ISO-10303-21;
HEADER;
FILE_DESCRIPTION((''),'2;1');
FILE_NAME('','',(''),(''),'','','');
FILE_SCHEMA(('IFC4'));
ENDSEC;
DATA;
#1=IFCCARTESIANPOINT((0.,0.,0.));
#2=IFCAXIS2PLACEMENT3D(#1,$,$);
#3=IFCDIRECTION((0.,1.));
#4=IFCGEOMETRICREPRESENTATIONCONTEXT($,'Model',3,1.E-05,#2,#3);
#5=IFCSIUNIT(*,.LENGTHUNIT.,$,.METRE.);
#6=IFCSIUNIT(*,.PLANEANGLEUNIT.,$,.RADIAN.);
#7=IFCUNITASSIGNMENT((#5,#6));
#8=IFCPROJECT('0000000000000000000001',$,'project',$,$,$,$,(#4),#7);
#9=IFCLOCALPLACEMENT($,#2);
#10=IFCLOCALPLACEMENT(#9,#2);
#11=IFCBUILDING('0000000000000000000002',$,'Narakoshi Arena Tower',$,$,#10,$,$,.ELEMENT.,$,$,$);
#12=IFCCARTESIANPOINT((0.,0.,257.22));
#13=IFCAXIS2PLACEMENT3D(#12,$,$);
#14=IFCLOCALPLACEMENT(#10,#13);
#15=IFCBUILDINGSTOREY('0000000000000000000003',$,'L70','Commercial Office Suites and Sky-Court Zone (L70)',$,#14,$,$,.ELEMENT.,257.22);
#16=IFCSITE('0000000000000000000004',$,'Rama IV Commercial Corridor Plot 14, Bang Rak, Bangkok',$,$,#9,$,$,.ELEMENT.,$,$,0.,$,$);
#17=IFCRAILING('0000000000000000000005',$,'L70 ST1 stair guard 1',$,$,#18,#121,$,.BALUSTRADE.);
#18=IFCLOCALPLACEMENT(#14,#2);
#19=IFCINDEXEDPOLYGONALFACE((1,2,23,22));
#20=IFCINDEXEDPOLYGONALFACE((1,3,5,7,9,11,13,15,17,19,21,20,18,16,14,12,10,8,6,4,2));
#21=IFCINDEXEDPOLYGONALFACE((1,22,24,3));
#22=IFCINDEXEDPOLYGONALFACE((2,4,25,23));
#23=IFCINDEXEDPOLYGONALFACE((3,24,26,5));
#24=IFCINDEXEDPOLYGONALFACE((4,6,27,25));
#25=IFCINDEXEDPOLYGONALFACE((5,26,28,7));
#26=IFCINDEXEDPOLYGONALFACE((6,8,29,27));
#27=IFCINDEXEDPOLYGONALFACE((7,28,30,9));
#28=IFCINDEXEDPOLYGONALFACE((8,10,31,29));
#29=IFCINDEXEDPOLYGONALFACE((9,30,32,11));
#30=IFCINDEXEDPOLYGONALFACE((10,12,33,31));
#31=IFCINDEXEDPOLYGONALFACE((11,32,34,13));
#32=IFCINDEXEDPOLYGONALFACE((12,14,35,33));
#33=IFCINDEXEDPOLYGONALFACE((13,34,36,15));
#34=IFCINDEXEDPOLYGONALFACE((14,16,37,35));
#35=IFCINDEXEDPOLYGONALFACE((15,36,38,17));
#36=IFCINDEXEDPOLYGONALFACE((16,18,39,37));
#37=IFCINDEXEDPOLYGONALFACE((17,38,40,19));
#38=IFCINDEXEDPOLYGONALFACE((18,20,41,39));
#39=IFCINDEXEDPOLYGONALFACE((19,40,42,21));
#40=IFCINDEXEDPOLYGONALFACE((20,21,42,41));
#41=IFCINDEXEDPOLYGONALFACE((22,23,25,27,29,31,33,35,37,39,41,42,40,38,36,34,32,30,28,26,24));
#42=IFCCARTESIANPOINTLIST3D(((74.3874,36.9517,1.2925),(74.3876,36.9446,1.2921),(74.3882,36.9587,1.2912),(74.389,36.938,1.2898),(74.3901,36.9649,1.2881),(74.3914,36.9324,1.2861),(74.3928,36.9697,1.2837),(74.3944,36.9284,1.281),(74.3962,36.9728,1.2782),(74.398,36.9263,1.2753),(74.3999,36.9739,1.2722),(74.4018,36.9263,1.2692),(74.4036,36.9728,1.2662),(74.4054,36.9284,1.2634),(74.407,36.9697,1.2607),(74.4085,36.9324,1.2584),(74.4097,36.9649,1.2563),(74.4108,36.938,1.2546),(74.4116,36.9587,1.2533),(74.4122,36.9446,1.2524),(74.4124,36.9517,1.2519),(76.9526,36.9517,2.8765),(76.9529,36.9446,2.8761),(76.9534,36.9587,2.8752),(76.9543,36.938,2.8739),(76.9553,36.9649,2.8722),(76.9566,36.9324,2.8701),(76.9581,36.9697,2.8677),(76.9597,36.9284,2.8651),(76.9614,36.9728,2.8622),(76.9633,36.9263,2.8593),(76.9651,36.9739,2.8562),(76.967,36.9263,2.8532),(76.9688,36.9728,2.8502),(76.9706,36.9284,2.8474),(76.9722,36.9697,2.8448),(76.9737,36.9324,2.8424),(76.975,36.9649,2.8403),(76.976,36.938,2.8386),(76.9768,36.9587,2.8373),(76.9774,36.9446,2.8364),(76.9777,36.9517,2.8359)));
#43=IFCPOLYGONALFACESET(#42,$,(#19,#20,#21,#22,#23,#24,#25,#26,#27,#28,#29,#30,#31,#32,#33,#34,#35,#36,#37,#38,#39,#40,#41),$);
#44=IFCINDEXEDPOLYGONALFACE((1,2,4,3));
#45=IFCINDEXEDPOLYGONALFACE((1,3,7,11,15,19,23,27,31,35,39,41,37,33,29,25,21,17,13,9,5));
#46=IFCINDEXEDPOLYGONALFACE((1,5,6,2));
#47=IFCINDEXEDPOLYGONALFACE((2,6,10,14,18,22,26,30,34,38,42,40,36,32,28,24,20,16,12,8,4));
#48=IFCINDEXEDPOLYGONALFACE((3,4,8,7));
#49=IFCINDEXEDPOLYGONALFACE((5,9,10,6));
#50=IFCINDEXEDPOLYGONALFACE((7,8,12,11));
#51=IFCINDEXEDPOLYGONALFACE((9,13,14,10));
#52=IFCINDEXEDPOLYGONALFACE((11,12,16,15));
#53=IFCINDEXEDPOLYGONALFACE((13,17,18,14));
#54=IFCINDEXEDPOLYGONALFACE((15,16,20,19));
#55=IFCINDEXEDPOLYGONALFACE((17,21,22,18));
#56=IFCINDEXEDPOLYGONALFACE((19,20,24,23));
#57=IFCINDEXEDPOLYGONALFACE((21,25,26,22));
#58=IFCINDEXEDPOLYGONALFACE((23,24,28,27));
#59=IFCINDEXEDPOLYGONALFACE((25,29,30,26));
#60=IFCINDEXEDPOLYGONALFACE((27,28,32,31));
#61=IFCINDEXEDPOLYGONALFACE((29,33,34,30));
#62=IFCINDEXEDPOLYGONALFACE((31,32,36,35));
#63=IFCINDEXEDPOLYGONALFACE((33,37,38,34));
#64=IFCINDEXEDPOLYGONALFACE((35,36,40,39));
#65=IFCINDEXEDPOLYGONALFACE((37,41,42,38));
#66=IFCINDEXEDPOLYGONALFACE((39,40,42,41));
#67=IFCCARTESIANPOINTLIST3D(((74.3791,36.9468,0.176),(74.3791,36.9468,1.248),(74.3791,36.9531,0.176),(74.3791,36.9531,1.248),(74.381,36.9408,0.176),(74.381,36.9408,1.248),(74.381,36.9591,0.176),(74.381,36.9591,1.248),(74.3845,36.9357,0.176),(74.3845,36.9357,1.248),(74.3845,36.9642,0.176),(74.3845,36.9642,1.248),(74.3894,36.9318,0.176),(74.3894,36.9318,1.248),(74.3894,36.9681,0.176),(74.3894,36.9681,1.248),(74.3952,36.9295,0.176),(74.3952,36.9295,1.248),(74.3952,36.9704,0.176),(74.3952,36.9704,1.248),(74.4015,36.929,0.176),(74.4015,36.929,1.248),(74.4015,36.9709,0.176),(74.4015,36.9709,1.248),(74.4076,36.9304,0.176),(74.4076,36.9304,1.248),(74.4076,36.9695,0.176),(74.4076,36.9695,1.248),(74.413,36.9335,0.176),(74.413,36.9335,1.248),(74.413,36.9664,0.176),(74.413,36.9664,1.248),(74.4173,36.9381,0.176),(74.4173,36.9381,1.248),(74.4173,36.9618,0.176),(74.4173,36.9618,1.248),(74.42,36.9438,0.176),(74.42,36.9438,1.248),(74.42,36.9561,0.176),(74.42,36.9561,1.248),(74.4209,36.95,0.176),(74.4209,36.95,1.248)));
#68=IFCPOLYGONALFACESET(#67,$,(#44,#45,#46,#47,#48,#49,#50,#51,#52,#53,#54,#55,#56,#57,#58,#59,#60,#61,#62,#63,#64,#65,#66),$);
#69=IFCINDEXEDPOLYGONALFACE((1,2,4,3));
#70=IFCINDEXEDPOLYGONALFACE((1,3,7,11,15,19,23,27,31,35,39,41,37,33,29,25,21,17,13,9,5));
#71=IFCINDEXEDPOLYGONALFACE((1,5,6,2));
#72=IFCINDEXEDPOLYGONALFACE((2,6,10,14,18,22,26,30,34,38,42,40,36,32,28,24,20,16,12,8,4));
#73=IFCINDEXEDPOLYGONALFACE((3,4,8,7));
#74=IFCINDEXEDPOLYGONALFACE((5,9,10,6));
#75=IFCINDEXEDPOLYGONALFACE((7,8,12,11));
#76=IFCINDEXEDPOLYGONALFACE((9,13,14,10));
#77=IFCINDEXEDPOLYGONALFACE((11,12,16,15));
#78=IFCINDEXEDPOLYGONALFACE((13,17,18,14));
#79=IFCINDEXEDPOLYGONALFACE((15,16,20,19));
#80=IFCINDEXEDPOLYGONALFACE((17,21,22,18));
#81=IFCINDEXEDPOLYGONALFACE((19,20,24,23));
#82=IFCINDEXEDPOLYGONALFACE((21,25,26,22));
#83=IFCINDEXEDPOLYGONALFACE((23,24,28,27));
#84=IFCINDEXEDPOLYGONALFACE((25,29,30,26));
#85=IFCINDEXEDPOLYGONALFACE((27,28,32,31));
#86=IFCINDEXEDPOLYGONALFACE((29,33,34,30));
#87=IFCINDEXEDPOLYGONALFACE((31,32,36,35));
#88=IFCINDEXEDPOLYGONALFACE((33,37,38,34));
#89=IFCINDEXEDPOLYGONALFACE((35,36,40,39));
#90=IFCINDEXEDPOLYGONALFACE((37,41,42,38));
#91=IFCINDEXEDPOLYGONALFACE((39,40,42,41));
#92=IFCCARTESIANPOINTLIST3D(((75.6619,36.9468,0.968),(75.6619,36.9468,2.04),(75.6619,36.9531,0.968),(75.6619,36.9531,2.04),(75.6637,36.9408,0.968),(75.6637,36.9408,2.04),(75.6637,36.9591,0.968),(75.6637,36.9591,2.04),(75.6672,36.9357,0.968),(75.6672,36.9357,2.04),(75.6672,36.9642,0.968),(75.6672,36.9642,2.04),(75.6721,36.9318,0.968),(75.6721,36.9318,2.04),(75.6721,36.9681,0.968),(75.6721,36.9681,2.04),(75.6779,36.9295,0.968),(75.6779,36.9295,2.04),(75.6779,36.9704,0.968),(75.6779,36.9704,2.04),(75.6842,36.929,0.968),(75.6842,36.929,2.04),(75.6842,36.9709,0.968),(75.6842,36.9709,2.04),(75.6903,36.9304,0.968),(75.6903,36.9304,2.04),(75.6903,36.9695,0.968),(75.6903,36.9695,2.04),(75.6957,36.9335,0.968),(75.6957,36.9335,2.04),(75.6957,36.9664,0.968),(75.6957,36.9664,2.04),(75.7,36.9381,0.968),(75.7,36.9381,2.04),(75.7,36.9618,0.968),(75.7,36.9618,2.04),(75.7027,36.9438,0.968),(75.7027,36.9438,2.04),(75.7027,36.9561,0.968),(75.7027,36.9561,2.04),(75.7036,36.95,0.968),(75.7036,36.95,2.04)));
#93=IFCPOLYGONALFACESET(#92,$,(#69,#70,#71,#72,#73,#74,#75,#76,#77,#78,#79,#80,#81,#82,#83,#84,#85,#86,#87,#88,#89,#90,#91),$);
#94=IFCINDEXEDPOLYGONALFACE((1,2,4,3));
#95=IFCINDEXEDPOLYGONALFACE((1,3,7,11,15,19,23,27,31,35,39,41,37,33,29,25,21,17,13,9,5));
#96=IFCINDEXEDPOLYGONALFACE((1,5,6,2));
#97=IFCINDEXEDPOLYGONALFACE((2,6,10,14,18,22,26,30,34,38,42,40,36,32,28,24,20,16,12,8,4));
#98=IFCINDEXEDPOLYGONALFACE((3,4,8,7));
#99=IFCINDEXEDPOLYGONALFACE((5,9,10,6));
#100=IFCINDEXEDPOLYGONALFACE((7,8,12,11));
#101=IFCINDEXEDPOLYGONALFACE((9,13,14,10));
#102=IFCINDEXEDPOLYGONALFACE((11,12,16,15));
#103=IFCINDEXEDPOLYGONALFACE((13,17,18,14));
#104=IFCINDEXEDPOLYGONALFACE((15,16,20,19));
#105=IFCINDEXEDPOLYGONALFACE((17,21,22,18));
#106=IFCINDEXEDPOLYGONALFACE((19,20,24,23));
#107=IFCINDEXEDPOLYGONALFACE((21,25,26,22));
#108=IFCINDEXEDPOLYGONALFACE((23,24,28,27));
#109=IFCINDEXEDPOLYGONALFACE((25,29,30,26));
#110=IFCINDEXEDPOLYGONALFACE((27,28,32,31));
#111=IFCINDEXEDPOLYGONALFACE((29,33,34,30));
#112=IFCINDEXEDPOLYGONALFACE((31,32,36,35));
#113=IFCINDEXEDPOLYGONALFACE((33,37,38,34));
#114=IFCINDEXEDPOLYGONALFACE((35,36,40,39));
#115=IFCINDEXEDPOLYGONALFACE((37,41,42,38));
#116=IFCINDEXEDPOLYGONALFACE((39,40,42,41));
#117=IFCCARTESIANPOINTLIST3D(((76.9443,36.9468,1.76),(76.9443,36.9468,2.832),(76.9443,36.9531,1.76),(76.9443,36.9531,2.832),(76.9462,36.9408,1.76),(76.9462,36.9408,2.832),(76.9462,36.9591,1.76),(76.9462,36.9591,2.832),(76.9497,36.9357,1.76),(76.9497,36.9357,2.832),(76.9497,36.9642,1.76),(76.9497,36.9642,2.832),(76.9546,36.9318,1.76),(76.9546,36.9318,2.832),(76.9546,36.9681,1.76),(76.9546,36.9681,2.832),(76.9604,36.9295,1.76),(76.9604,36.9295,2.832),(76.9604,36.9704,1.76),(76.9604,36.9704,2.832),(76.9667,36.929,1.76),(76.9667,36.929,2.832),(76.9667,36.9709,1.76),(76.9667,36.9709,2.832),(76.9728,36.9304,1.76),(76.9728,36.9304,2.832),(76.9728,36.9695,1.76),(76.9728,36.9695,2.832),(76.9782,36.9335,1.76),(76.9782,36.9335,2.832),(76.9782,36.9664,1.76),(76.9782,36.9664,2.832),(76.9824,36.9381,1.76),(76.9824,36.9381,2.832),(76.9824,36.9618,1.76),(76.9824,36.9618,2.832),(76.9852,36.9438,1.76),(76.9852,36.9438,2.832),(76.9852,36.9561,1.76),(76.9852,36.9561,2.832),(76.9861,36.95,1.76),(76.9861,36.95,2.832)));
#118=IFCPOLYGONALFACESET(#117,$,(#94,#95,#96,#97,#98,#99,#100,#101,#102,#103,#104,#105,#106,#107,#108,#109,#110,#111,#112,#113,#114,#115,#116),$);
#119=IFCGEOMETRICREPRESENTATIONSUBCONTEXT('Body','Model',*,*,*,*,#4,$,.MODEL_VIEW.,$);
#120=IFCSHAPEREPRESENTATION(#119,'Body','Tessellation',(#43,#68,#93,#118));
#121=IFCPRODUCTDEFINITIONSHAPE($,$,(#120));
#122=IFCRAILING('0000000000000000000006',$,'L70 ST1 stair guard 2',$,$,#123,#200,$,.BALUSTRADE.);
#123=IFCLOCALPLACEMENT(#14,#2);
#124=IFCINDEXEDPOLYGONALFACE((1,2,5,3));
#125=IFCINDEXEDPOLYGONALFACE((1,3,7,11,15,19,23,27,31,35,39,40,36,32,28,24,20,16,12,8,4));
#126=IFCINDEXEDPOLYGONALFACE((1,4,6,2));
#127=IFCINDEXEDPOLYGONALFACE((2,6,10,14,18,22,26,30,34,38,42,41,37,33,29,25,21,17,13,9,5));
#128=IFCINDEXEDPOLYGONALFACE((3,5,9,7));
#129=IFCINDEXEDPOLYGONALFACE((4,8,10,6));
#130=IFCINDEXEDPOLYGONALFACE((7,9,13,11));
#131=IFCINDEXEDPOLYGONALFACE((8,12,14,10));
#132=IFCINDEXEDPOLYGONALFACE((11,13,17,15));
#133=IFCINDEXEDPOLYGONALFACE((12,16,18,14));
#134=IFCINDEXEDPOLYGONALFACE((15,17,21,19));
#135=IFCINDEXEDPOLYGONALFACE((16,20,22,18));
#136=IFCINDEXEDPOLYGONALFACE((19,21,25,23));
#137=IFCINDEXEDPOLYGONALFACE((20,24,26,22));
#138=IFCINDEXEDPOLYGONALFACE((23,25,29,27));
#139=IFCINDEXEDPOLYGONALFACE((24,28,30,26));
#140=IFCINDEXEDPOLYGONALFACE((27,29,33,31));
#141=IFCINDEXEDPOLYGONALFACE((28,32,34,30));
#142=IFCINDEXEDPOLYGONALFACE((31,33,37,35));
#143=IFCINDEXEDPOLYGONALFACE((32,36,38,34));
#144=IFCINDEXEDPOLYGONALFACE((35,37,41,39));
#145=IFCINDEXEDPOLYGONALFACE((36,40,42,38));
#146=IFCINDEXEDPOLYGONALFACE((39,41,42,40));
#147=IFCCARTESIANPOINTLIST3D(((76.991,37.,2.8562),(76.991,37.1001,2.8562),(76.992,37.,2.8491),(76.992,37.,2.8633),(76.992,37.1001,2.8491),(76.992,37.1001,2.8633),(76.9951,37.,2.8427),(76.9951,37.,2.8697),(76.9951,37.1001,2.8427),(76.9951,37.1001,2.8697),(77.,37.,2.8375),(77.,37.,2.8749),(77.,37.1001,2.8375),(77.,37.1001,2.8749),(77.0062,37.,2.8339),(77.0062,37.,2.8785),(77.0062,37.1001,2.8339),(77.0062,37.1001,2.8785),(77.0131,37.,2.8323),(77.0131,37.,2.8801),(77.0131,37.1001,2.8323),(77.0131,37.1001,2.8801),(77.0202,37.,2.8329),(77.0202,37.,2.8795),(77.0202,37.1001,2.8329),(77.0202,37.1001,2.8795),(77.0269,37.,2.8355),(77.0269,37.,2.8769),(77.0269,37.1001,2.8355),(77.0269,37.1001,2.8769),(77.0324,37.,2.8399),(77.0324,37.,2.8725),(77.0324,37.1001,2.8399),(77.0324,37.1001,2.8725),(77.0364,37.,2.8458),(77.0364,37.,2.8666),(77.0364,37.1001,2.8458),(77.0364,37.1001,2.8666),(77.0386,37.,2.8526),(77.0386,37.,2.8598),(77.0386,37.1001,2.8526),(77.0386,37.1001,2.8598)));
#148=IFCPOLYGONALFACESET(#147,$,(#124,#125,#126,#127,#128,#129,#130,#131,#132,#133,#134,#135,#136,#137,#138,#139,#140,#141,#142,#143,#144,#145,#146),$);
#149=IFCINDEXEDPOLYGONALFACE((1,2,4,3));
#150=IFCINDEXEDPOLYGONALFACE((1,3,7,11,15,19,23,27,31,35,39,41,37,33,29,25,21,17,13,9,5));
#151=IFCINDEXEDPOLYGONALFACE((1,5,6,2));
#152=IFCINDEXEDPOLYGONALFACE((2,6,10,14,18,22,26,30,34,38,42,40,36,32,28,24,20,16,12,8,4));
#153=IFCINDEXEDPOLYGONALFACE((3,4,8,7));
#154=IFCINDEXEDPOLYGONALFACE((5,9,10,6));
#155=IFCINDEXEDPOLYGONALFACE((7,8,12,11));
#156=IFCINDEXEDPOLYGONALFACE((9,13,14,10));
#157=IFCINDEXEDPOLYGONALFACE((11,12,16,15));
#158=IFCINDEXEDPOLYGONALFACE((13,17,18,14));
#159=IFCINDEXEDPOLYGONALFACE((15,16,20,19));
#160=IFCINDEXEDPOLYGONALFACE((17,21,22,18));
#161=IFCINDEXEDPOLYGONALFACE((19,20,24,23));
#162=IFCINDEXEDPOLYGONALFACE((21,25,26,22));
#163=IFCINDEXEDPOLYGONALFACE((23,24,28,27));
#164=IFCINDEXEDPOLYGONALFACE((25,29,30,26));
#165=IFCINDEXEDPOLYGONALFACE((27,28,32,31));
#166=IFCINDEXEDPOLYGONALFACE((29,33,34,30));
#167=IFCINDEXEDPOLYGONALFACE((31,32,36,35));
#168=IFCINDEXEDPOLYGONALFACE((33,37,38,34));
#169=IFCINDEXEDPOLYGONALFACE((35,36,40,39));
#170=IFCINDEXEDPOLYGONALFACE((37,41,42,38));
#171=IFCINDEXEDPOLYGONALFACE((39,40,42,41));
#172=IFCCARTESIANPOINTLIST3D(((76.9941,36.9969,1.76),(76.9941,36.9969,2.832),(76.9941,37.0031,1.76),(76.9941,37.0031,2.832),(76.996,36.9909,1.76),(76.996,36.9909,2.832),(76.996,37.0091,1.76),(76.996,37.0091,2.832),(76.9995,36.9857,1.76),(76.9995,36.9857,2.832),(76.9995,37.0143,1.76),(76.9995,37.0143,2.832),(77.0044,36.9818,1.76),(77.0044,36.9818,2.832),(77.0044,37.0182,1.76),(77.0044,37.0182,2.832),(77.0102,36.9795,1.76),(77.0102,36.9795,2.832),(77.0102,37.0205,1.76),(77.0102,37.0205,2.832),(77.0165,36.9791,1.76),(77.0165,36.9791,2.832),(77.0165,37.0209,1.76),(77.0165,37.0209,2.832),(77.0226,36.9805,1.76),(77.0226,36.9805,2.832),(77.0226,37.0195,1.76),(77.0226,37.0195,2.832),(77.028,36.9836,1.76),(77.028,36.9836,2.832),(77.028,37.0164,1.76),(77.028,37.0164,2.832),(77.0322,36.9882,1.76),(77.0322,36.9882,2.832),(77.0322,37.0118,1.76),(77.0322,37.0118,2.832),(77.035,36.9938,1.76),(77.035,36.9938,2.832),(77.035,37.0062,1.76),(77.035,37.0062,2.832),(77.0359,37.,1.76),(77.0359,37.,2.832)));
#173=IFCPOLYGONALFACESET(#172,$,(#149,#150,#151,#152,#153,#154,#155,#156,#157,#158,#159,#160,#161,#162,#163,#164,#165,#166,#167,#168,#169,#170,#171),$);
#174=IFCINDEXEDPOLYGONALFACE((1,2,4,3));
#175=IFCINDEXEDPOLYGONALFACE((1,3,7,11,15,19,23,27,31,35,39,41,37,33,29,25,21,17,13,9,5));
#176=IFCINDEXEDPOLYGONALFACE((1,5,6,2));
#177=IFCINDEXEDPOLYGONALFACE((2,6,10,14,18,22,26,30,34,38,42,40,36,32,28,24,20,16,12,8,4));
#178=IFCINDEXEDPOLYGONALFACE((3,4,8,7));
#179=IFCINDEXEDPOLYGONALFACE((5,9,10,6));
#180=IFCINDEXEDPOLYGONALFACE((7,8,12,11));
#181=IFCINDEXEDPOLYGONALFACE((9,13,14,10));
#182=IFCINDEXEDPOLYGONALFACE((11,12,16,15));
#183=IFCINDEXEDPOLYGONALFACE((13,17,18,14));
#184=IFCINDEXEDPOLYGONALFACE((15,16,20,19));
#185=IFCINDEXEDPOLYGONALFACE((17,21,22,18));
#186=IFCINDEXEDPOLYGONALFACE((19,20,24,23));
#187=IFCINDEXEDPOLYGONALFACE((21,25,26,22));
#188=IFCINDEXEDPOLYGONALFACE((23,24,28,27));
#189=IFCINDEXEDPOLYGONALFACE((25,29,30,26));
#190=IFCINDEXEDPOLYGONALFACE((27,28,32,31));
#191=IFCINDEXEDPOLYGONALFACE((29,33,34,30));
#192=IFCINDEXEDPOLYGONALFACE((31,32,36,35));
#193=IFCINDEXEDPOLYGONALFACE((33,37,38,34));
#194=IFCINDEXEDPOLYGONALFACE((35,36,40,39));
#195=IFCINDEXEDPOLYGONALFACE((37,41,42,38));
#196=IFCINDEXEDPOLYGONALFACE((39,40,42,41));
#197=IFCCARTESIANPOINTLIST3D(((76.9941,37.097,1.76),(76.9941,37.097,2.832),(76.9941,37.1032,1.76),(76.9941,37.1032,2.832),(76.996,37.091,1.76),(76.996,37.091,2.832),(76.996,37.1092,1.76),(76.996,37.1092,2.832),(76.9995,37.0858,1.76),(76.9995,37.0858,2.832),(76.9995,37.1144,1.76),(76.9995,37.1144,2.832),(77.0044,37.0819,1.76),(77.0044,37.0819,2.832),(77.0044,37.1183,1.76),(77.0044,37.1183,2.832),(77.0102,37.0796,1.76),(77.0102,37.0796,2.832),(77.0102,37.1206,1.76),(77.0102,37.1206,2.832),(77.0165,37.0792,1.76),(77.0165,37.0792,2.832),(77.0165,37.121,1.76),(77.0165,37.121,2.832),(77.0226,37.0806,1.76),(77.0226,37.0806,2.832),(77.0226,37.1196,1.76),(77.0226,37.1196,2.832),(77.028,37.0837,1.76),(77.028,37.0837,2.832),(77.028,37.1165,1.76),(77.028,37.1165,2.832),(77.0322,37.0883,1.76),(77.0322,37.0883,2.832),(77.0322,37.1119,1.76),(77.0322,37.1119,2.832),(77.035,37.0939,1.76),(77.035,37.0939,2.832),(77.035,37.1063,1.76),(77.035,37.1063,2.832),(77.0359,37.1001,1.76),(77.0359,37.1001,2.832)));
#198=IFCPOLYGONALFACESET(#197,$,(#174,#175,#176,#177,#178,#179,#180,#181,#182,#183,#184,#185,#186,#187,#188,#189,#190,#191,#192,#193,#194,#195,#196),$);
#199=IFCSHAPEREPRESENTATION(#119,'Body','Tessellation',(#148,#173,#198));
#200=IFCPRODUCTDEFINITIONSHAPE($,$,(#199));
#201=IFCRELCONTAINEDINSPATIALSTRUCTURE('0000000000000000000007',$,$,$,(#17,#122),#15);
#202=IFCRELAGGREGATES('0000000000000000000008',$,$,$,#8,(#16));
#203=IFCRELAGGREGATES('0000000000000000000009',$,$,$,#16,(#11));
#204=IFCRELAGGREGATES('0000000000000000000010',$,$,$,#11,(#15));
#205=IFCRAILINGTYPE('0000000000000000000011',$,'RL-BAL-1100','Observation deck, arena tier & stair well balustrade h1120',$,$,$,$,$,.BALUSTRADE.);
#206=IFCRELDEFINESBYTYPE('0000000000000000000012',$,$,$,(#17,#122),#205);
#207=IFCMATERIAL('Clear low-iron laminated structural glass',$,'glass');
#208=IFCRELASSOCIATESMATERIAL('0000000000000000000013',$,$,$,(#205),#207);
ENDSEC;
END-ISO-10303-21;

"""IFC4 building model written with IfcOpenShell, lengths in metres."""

from ifc_helpers import new_model, si_unit, direction, frame, origin, origin_2d, place, context, subcontext, project, spatial, circle, extrude, material, type_object, element, save


model = new_model("IFC4")

# Units and contexts
model_context = context("Model", 3, precision=1e-05, world=origin(), true_north=direction((0.0, 1.0)))
body_context = subcontext(model_context, "Body", "Model", "MODEL_VIEW")
ifc_project = project(units=[si_unit("LENGTHUNIT", "METRE"), si_unit("PLANEANGLEUNIT", "RADIAN")], contexts=[model_context])

# Site, building, storey
site_placement = place(None, origin())
site = spatial("IfcSite", under=ifc_project, at=site_placement, Name="Rama IV Commercial Corridor Plot 14, Bang Rak, Bangkok", CompositionType="ELEMENT", RefElevation=0.0)
building_placement = place(site_placement, origin())
building = spatial("IfcBuilding", under=site, at=building_placement, Name="Narakoshi Arena Tower", CompositionType="ELEMENT")
storey_placement = place(building_placement, frame((0.0, 0.0, 257.22)))
storey = spatial("IfcBuildingStorey", under=building, at=storey_placement, Name="L70", Description="Commercial Office Suites and Sky-Court Zone (L70)", CompositionType="ELEMENT", Elevation=257.22)

# Railings
ifc_material_1 = material(Name="Clear low-iron laminated structural glass", Category="glass")
railing_type_1 = type_object("IfcRailingType", Name="RL-BAL-1100", Description="Observation deck, arena tier & stair well balustrade h1120", PredefinedType="BALUSTRADE", material=ifc_material_1)
railing_1_placement = place(storey_placement, frame((74.3999, 36.95, 0.176)))
element("IfcRailing", 1, at=railing_1_placement, inside=storey, type_object=railing_type_1, Name="L70 ST1 stair guard 1", PredefinedType="BALUSTRADE", context=body_context, shape_type="SweptSolid", body=[
    extrude(circle(Radius=0.0239, at=origin_2d()), frame((0.0, 0.0, 1.0962), z_axis=(0.850857, 0.0, 0.525398), x_axis=(0.0, 1.0, 0.0)), (0.0, 0.0, 1.0), 3.0149),
    extrude(circle(Radius=0.021, at=origin_2d()), origin(), (0.0, 0.0, 1.0), 1.072),
    extrude(circle(Radius=0.021, at=origin_2d()), frame((1.2827, 0.0, 0.792)), (0.0, 0.0, 1.0), 1.072),
    extrude(circle(Radius=0.021, at=origin_2d()), frame((2.5652, 0.0, 1.584)), (0.0, 0.0, 1.0), 1.072),
])
railing_2_placement = place(storey_placement, frame((77.0149, 37.0, 1.76)))
element("IfcRailing", 2, at=railing_2_placement, inside=storey, type_object=railing_type_1, Name="L70 ST1 stair guard 2", PredefinedType="BALUSTRADE", context=body_context, shape_type="SweptSolid", body=[
    extrude(circle(Radius=0.0239, at=origin_2d()), frame((0.0, 0.0, 1.0962), z_axis=(0.0, 1.0, 0.0), x_axis=(-1.0, 0.0, 0.0)), (0.0, 0.0, 1.0), 0.1001),
    extrude(circle(Radius=0.021, at=origin_2d()), origin(), (0.0, 0.0, 1.0), 1.072),
    extrude(circle(Radius=0.021, at=origin_2d()), frame((0.0, 0.1001, 0.0)), (0.0, 0.0, 1.0), 1.072),
])

save(model, "model.ifc")
